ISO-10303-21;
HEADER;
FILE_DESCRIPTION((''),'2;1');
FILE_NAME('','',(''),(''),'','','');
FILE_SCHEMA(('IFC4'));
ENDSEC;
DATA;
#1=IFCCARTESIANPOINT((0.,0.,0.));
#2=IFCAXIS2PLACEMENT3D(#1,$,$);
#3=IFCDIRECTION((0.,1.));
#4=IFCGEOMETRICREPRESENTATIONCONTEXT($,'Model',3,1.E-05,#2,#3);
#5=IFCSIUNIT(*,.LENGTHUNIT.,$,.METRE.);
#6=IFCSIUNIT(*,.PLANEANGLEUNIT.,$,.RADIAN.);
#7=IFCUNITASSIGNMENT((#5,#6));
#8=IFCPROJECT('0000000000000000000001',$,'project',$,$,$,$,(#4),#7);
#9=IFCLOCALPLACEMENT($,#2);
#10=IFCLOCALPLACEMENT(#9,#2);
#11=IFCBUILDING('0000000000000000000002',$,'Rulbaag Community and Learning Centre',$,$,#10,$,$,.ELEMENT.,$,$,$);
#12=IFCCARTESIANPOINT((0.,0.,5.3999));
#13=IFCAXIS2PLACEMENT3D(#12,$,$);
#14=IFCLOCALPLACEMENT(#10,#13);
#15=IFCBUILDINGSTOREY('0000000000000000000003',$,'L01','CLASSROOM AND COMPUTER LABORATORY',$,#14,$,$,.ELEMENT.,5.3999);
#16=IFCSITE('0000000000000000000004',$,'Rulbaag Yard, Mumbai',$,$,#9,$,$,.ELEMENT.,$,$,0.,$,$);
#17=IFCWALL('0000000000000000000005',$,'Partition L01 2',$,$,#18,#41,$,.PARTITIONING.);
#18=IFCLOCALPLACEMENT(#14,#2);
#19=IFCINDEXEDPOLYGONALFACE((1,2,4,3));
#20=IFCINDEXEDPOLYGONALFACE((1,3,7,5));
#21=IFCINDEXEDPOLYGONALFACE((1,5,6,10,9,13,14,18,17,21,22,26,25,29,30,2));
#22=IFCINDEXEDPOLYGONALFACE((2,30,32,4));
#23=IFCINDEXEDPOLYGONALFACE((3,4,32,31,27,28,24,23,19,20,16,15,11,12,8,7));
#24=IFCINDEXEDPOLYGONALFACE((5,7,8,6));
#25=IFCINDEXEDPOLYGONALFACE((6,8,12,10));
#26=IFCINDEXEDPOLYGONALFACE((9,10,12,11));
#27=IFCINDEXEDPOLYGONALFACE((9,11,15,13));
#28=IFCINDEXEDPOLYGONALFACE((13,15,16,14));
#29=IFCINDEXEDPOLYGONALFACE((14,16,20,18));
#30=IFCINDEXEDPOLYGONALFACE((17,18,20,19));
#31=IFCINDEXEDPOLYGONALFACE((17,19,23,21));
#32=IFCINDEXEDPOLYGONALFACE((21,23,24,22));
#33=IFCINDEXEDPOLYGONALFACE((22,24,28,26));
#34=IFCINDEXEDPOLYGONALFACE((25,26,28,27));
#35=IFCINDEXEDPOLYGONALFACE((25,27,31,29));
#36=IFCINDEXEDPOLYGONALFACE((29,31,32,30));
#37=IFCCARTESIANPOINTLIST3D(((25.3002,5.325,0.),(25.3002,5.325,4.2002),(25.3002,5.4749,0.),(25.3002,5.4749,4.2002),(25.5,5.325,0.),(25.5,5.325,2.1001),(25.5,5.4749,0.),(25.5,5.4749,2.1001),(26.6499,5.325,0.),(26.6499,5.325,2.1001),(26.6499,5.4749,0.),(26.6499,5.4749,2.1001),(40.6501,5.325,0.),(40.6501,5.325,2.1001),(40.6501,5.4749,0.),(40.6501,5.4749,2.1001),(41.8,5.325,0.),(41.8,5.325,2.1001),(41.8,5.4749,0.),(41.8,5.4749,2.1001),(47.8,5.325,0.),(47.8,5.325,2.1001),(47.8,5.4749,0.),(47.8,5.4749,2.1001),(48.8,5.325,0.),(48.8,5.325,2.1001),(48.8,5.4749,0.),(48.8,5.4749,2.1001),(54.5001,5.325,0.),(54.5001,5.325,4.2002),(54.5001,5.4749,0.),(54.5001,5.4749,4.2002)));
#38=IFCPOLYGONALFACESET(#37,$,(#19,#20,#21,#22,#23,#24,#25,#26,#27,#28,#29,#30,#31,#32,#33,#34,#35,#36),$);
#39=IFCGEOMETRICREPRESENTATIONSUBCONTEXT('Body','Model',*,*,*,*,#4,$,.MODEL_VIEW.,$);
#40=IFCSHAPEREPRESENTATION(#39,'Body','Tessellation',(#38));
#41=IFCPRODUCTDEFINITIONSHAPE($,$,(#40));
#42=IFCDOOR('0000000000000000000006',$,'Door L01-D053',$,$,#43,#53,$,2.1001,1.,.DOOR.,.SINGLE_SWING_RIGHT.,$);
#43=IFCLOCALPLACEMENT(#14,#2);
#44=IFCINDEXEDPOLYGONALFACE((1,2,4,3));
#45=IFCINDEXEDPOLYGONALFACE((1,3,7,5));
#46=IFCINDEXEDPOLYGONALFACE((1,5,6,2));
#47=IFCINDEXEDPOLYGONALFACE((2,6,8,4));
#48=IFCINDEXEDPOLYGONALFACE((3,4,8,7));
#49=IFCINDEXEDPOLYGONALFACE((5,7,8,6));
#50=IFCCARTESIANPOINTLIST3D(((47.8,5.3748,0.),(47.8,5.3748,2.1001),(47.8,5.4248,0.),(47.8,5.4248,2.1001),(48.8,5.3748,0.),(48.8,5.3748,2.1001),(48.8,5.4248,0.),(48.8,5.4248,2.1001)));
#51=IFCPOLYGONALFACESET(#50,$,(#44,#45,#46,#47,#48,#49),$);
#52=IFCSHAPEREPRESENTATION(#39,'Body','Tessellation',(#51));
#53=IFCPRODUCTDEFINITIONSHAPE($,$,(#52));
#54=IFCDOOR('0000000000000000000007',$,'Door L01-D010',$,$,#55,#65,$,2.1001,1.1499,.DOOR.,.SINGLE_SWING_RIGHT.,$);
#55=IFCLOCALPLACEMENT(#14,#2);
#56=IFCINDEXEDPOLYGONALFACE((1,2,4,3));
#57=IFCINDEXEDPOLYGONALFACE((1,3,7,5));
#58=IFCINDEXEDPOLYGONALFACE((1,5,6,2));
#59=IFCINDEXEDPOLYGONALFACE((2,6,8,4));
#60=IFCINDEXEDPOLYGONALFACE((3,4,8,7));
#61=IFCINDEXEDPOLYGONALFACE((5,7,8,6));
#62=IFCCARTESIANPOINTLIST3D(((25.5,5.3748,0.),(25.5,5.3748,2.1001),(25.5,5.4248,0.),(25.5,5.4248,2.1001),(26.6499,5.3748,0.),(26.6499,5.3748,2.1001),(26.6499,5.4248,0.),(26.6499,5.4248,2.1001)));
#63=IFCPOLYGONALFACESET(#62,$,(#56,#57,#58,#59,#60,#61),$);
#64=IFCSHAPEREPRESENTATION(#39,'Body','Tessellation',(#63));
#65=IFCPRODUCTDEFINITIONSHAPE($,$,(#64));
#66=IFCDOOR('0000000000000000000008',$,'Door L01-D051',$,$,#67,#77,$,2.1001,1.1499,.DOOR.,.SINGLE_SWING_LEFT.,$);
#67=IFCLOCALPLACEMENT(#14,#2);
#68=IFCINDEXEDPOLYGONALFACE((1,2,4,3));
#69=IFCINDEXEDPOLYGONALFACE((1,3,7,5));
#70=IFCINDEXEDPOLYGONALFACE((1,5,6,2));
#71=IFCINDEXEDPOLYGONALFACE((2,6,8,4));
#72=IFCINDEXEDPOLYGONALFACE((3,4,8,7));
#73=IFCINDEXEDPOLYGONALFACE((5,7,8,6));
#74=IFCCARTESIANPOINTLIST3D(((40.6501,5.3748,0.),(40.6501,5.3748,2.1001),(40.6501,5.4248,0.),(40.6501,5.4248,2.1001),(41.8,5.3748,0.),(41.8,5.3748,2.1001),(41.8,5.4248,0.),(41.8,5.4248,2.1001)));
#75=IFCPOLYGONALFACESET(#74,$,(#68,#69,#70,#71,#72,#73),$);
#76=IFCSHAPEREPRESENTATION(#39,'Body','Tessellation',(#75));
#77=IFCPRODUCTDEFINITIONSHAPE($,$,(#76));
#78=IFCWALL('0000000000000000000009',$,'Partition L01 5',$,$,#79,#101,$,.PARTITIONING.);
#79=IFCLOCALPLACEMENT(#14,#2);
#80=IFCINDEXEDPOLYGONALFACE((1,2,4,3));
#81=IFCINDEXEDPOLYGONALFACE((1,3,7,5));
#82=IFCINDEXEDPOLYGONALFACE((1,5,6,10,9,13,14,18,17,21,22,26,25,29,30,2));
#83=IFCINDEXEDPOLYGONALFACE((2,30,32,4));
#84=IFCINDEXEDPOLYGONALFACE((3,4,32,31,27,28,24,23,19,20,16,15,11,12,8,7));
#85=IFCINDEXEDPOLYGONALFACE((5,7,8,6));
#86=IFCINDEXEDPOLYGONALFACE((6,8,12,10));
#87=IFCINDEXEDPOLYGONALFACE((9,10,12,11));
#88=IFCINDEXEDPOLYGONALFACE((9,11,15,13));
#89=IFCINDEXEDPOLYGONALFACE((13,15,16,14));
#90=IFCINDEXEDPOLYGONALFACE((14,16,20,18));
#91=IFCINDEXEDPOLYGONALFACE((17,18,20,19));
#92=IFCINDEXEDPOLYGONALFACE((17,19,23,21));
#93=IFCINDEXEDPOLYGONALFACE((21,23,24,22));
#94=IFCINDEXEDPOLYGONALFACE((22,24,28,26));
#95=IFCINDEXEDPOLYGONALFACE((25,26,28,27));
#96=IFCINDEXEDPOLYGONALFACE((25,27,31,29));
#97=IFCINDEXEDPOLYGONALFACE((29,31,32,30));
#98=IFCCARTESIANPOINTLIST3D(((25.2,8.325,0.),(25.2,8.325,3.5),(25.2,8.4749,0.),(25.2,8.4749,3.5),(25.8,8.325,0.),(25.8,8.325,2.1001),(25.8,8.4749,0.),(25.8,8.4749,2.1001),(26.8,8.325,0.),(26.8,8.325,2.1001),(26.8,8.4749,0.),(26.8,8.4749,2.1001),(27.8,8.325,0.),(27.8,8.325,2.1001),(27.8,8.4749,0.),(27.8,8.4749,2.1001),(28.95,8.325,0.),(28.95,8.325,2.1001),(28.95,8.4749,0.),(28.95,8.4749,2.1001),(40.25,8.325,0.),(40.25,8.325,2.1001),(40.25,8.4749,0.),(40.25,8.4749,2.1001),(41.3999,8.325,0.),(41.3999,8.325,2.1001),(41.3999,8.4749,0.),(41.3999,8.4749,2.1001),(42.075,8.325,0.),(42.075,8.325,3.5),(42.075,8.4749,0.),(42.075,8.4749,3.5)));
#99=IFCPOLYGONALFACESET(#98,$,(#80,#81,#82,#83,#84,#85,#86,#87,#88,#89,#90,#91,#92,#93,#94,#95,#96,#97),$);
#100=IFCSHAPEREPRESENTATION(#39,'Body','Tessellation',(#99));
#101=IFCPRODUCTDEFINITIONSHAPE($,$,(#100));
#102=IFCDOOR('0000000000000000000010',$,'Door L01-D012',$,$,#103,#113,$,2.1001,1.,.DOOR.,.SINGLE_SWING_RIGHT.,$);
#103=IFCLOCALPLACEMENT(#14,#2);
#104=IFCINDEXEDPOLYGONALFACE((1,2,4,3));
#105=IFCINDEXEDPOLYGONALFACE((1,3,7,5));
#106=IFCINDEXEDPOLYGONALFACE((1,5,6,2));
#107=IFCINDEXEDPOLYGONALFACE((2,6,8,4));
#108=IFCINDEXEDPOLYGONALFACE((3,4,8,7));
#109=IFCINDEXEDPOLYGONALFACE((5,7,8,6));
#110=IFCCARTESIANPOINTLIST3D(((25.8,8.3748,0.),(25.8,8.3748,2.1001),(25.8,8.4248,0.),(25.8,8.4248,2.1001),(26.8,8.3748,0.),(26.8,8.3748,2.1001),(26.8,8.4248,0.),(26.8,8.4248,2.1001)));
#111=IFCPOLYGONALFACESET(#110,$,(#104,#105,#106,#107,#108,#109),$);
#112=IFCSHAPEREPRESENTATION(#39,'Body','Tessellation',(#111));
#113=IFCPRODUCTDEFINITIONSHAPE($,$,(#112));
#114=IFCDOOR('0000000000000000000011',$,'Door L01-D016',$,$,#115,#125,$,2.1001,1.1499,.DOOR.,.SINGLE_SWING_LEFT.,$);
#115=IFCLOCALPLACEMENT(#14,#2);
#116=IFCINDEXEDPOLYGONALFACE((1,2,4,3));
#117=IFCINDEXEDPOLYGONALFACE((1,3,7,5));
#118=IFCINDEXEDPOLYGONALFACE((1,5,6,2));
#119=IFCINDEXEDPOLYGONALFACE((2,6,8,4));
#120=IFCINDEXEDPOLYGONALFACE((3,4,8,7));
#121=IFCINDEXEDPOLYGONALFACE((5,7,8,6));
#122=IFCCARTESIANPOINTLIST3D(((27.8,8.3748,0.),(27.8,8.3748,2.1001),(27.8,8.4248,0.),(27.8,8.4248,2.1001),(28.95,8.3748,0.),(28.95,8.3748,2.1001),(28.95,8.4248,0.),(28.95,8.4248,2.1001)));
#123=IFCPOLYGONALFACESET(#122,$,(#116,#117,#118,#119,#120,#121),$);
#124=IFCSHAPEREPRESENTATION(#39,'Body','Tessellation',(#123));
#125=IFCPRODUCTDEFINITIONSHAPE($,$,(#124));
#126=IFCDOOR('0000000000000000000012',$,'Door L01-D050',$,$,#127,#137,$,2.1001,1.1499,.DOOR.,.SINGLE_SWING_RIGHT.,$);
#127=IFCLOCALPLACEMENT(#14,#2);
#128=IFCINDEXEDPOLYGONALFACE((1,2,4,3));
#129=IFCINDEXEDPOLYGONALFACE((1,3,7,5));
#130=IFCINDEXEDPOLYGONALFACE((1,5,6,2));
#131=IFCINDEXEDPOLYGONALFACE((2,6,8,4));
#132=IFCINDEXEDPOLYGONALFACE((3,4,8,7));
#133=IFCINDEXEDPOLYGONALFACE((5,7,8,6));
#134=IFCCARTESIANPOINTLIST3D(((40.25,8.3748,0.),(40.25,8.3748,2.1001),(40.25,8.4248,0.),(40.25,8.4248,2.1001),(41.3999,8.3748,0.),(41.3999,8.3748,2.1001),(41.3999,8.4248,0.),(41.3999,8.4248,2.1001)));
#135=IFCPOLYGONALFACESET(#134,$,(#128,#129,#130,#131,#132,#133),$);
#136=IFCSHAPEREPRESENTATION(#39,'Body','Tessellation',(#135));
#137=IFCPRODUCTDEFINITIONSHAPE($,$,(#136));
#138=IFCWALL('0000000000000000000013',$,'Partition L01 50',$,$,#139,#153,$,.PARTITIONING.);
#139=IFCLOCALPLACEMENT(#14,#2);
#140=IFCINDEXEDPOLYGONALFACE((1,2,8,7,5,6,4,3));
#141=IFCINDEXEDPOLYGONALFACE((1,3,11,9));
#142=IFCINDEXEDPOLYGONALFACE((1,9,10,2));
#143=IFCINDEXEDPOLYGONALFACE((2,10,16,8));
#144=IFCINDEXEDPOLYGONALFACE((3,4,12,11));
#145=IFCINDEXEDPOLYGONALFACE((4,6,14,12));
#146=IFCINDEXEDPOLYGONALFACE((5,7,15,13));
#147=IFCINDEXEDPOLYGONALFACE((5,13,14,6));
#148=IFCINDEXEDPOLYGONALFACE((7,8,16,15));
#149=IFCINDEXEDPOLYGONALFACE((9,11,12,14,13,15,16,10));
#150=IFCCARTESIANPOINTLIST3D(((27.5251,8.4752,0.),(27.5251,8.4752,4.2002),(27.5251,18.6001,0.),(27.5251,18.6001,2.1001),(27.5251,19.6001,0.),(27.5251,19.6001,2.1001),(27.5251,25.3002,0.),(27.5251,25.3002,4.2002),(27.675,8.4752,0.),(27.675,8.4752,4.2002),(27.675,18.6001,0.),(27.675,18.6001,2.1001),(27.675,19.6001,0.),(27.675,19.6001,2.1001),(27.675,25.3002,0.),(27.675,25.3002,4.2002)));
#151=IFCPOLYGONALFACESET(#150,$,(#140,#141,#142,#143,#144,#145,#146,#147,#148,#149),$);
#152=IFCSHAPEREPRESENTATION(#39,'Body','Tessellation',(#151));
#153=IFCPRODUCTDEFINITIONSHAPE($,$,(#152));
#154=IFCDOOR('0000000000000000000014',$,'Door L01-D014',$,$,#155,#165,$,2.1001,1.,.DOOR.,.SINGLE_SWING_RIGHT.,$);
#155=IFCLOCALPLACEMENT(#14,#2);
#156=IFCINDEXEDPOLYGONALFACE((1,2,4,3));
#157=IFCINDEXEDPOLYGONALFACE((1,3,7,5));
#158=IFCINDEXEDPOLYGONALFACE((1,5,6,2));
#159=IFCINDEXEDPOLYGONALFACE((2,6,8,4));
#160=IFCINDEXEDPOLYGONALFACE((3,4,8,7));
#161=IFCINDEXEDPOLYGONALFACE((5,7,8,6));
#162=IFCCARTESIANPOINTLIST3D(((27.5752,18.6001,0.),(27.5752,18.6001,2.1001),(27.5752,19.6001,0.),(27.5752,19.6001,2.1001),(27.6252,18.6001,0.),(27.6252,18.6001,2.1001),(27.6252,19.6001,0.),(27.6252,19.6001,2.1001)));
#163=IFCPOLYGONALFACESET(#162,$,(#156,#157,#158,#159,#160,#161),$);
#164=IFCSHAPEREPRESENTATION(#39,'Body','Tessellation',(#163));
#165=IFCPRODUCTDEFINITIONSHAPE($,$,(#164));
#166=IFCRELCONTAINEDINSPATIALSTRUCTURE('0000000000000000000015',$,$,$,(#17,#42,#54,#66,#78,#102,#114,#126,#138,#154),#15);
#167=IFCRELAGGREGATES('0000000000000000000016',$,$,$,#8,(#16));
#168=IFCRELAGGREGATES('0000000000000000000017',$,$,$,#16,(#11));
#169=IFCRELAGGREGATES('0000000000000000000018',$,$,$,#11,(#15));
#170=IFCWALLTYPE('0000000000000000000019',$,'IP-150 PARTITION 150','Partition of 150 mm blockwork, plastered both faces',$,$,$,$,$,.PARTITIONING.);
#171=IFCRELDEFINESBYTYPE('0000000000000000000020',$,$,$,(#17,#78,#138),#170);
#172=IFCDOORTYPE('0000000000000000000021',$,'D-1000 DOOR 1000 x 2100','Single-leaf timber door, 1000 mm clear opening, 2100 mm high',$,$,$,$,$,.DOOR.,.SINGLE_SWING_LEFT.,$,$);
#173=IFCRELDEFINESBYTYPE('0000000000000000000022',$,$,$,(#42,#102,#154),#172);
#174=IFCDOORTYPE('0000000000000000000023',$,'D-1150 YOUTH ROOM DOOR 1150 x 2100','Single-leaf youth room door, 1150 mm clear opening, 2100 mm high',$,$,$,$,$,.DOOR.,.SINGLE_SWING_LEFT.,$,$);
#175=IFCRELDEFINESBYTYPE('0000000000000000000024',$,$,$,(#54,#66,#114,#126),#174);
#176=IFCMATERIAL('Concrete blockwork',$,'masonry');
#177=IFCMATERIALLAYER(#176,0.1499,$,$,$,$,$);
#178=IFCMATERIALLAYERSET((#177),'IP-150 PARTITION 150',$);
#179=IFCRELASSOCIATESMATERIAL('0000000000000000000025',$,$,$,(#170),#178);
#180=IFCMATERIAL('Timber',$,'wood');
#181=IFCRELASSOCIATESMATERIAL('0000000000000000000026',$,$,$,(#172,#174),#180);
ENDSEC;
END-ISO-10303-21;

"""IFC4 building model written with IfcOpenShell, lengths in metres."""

from ifc_helpers import new_model, si_unit, direction, frame, frame_2d, origin, place, context, subcontext, project, spatial, rectangle, extrude, material, layer, layer_set, type_object, element, fill, save


model = new_model("IFC4")

# Units and contexts
model_context = context("Model", 3, precision=1e-05, world=origin(), true_north=direction((0.0, 1.0)))
body_context = subcontext(model_context, "Body", "Model", "MODEL_VIEW")
ifc_project = project(units=[si_unit("LENGTHUNIT", "METRE"), si_unit("PLANEANGLEUNIT", "RADIAN")], contexts=[model_context])

# Site, building, storey
site_placement = place(None, origin())
site = spatial("IfcSite", under=ifc_project, at=site_placement, Name="Rulbaag Yard, Mumbai", CompositionType="ELEMENT", RefElevation=0.0)
building_placement = place(site_placement, origin())
building = spatial("IfcBuilding", under=site, at=building_placement, Name="Rulbaag Community and Learning Centre", CompositionType="ELEMENT")
storey_placement = place(building_placement, frame((0.0, 0.0, 5.3999)))
storey = spatial("IfcBuildingStorey", under=building, at=storey_placement, Name="L01", Description="CLASSROOM AND COMPUTER LABORATORY", CompositionType="ELEMENT", Elevation=5.3999)

# Walls, openings, doors
ifc_material_1 = material(Name="Concrete blockwork", Category="masonry")
ifc_layer_1 = layer(ifc_material_1, 0.1499)
ifc_layer_set_1 = layer_set([ifc_layer_1], Name="IP-150 PARTITION 150")
wall_type_1 = type_object("IfcWallType", Name="IP-150 PARTITION 150", Description="Partition of 150 mm blockwork, plastered both faces", PredefinedType="PARTITIONING", material=ifc_layer_set_1)
wall_1_placement = place(storey_placement, frame((25.3, 5.3999, 0.0), z_axis=(0.0, 0.0, 1.0), x_axis=(1.0, 0.0, 0.0)))
wall_1 = element("IfcWall", 1, at=wall_1_placement, inside=storey, type_object=wall_type_1, Name="Partition L01 2", PredefinedType="PARTITIONING", context=body_context, shape_type="SweptSolid", body=[
    extrude(rectangle(XDim=29.2, YDim=0.1499, at=frame_2d((14.6001, 0.0))), origin(), (0.0, 0.0, 1.0), 4.2002),
])
opening_1_placement = place(wall_1_placement, frame((0.2, 0.0, 0.0)))
opening_1 = element("IfcOpeningElement", 2, at=opening_1_placement, cuts=wall_1, PredefinedType="OPENING", context=body_context, shape_type="SweptSolid", body=[
    extrude(rectangle(XDim=1.1499, YDim=2.1001, at=frame_2d((0.575, 1.05))), frame((0.0, 0.085, 0.0), z_axis=(0.0, -1.0, 0.0), x_axis=(1.0, 0.0, 0.0)), (0.0, 0.0, 1.0), 0.1699),
])
opening_2_placement = place(wall_1_placement, frame((15.3501, 0.0, 0.0)))
opening_2 = element("IfcOpeningElement", 3, at=opening_2_placement, cuts=wall_1, PredefinedType="OPENING", context=body_context, shape_type="SweptSolid", body=[
    extrude(rectangle(XDim=1.1499, YDim=2.1001, at=frame_2d((0.575, 1.05))), frame((0.0, 0.085, 0.0), z_axis=(0.0, -1.0, 0.0), x_axis=(1.0, 0.0, 0.0)), (0.0, 0.0, 1.0), 0.1699),
])
opening_3_placement = place(wall_1_placement, frame((22.5, 0.0, 0.0)))
opening_3 = element("IfcOpeningElement", 4, at=opening_3_placement, cuts=wall_1, PredefinedType="OPENING", context=body_context, shape_type="SweptSolid", body=[
    extrude(rectangle(XDim=1.0, YDim=2.1001, at=frame_2d((0.5, 1.05))), frame((0.0, 0.085, 0.0), z_axis=(0.0, -1.0, 0.0), x_axis=(1.0, 0.0, 0.0)), (0.0, 0.0, 1.0), 0.1699),
])
ifc_material_2 = material(Name="Timber", Category="wood")
door_type_1 = type_object("IfcDoorType", Name="D-1000 DOOR 1000 x 2100", Description="Single-leaf timber door, 1000 mm clear opening, 2100 mm high", OperationType="SINGLE_SWING_LEFT", PredefinedType="DOOR", material=ifc_material_2)
door_1_placement = place(opening_3_placement, origin())
door_1 = element("IfcDoor", 5, at=door_1_placement, inside=storey, type_object=door_type_1, Name="Door L01-D053", OperationType="SINGLE_SWING_RIGHT", OverallHeight=2.1001, OverallWidth=1.0, PredefinedType="DOOR", context=body_context, shape_type="SweptSolid", body=[
    extrude(rectangle(XDim=1.0, YDim=2.1001, at=frame_2d((0.5, 1.05))), frame((0.0, 0.0249, 0.0), z_axis=(0.0, -1.0, 0.0), x_axis=(1.0, 0.0, 0.0)), (0.0, 0.0, 1.0), 0.05),
])
fill(opening_3, door_1)
door_type_2 = type_object("IfcDoorType", Name="D-1150 YOUTH ROOM DOOR 1150 x 2100", Description="Single-leaf youth room door, 1150 mm clear opening, 2100 mm high", OperationType="SINGLE_SWING_LEFT", PredefinedType="DOOR", material=ifc_material_2)
door_2_placement = place(opening_1_placement, origin())
door_2 = element("IfcDoor", 6, at=door_2_placement, inside=storey, type_object=door_type_2, Name="Door L01-D010", OperationType="SINGLE_SWING_RIGHT", OverallHeight=2.1001, OverallWidth=1.1499, PredefinedType="DOOR", context=body_context, shape_type="SweptSolid", body=[
    extrude(rectangle(XDim=1.1499, YDim=2.1001, at=frame_2d((0.575, 1.05))), frame((0.0, 0.0249, 0.0), z_axis=(0.0, -1.0, 0.0), x_axis=(1.0, 0.0, 0.0)), (0.0, 0.0, 1.0), 0.05),
])
fill(opening_1, door_2)
door_3_placement = place(opening_2_placement, origin())
door_3 = element("IfcDoor", 7, at=door_3_placement, inside=storey, type_object=door_type_2, Name="Door L01-D051", OperationType="SINGLE_SWING_LEFT", OverallHeight=2.1001, OverallWidth=1.1499, PredefinedType="DOOR", context=body_context, shape_type="SweptSolid", body=[
    extrude(rectangle(XDim=1.1499, YDim=2.1001, at=frame_2d((0.575, 1.05))), frame((0.0, 0.0249, 0.0), z_axis=(0.0, -1.0, 0.0), x_axis=(1.0, 0.0, 0.0)), (0.0, 0.0, 1.0), 0.05),
])
fill(opening_2, door_3)
wall_2_placement = place(storey_placement, frame((25.2, 8.3999, 0.0), z_axis=(0.0, 0.0, 1.0), x_axis=(1.0, 0.0, 0.0)))
wall_2 = element("IfcWall", 8, at=wall_2_placement, inside=storey, type_object=wall_type_1, Name="Partition L01 5", PredefinedType="PARTITIONING", context=body_context, shape_type="SweptSolid", body=[
    extrude(rectangle(XDim=16.875, YDim=0.1499, at=frame_2d((8.4375, 0.0))), origin(), (0.0, 0.0, 1.0), 3.5),
])
opening_4_placement = place(wall_2_placement, frame((2.6001, 0.0, 0.0)))
opening_4 = element("IfcOpeningElement", 9, at=opening_4_placement, cuts=wall_2, PredefinedType="OPENING", context=body_context, shape_type="SweptSolid", body=[
    extrude(rectangle(XDim=1.1499, YDim=2.1001, at=frame_2d((0.575, 1.05))), frame((0.0, 0.085, 0.0), z_axis=(0.0, -1.0, 0.0), x_axis=(1.0, 0.0, 0.0)), (0.0, 0.0, 1.0), 0.1699),
])
opening_5_placement = place(wall_2_placement, frame((15.05, 0.0, 0.0)))
opening_5 = element("IfcOpeningElement", 10, at=opening_5_placement, cuts=wall_2, PredefinedType="OPENING", context=body_context, shape_type="SweptSolid", body=[
    extrude(rectangle(XDim=1.1499, YDim=2.1001, at=frame_2d((0.575, 1.05))), frame((0.0, 0.085, 0.0), z_axis=(0.0, -1.0, 0.0), x_axis=(1.0, 0.0, 0.0)), (0.0, 0.0, 1.0), 0.1699),
])
opening_6_placement = place(wall_2_placement, frame((0.6001, 0.0, 0.0)))
opening_6 = element("IfcOpeningElement", 11, at=opening_6_placement, cuts=wall_2, PredefinedType="OPENING", context=body_context, shape_type="SweptSolid", body=[
    extrude(rectangle(XDim=1.0, YDim=2.1001, at=frame_2d((0.5, 1.05))), frame((0.0, 0.085, 0.0), z_axis=(0.0, -1.0, 0.0), x_axis=(1.0, 0.0, 0.0)), (0.0, 0.0, 1.0), 0.1699),
])
door_4_placement = place(opening_6_placement, origin())
door_4 = element("IfcDoor", 12, at=door_4_placement, inside=storey, type_object=door_type_1, Name="Door L01-D012", OperationType="SINGLE_SWING_RIGHT", OverallHeight=2.1001, OverallWidth=1.0, PredefinedType="DOOR", context=body_context, shape_type="SweptSolid", body=[
    extrude(rectangle(XDim=1.0, YDim=2.1001, at=frame_2d((0.5, 1.05))), frame((0.0, 0.0249, 0.0), z_axis=(0.0, -1.0, 0.0), x_axis=(1.0, 0.0, 0.0)), (0.0, 0.0, 1.0), 0.05),
])
fill(opening_6, door_4)
door_5_placement = place(opening_4_placement, origin())
door_5 = element("IfcDoor", 13, at=door_5_placement, inside=storey, type_object=door_type_2, Name="Door L01-D016", OperationType="SINGLE_SWING_LEFT", OverallHeight=2.1001, OverallWidth=1.1499, PredefinedType="DOOR", context=body_context, shape_type="SweptSolid", body=[
    extrude(rectangle(XDim=1.1499, YDim=2.1001, at=frame_2d((0.575, 1.05))), frame((0.0, 0.0249, 0.0), z_axis=(0.0, -1.0, 0.0), x_axis=(1.0, 0.0, 0.0)), (0.0, 0.0, 1.0), 0.05),
])
fill(opening_4, door_5)
door_6_placement = place(opening_5_placement, origin())
door_6 = element("IfcDoor", 14, at=door_6_placement, inside=storey, type_object=door_type_2, Name="Door L01-D050", OperationType="SINGLE_SWING_RIGHT", OverallHeight=2.1001, OverallWidth=1.1499, PredefinedType="DOOR", context=body_context, shape_type="SweptSolid", body=[
    extrude(rectangle(XDim=1.1499, YDim=2.1001, at=frame_2d((0.575, 1.05))), frame((0.0, 0.0249, 0.0), z_axis=(0.0, -1.0, 0.0), x_axis=(1.0, 0.0, 0.0)), (0.0, 0.0, 1.0), 0.05),
])
fill(opening_5, door_6)

# Wall, opening, door
wall_3_placement = place(storey_placement, frame((27.6001, 8.4751, 0.0), z_axis=(0.0, 0.0, 1.0), x_axis=(0.0, 1.0, 0.0)))
wall_3 = element("IfcWall", 15, at=wall_3_placement, inside=storey, type_object=wall_type_1, Name="Partition L01 50", PredefinedType="PARTITIONING", context=body_context, shape_type="SweptSolid", body=[
    extrude(rectangle(XDim=16.825, YDim=0.1499, at=frame_2d((8.4126, 0.0))), origin(), (0.0, 0.0, 1.0), 4.2002),
])
opening_7_placement = place(wall_3_placement, frame((10.125, 0.0, 0.0)))
opening_7 = element("IfcOpeningElement", 16, at=opening_7_placement, cuts=wall_3, PredefinedType="OPENING", context=body_context, shape_type="SweptSolid", body=[
    extrude(rectangle(XDim=1.0, YDim=2.1001, at=frame_2d((0.5, 1.05))), frame((0.0, 0.085, 0.0), z_axis=(0.0, -1.0, 0.0), x_axis=(1.0, 0.0, 0.0)), (0.0, 0.0, 1.0), 0.1699),
])
door_7_placement = place(opening_7_placement, origin())
door_7 = element("IfcDoor", 17, at=door_7_placement, inside=storey, type_object=door_type_1, Name="Door L01-D014", OperationType="SINGLE_SWING_RIGHT", OverallHeight=2.1001, OverallWidth=1.0, PredefinedType="DOOR", context=body_context, shape_type="SweptSolid", body=[
    extrude(rectangle(XDim=1.0, YDim=2.1001, at=frame_2d((0.5, 1.05))), frame((0.0, 0.0249, 0.0), z_axis=(0.0, -1.0, 0.0), x_axis=(1.0, 0.0, 0.0)), (0.0, 0.0, 1.0), 0.05),
])
fill(opening_7, door_7)

save(model, "model.ifc")
